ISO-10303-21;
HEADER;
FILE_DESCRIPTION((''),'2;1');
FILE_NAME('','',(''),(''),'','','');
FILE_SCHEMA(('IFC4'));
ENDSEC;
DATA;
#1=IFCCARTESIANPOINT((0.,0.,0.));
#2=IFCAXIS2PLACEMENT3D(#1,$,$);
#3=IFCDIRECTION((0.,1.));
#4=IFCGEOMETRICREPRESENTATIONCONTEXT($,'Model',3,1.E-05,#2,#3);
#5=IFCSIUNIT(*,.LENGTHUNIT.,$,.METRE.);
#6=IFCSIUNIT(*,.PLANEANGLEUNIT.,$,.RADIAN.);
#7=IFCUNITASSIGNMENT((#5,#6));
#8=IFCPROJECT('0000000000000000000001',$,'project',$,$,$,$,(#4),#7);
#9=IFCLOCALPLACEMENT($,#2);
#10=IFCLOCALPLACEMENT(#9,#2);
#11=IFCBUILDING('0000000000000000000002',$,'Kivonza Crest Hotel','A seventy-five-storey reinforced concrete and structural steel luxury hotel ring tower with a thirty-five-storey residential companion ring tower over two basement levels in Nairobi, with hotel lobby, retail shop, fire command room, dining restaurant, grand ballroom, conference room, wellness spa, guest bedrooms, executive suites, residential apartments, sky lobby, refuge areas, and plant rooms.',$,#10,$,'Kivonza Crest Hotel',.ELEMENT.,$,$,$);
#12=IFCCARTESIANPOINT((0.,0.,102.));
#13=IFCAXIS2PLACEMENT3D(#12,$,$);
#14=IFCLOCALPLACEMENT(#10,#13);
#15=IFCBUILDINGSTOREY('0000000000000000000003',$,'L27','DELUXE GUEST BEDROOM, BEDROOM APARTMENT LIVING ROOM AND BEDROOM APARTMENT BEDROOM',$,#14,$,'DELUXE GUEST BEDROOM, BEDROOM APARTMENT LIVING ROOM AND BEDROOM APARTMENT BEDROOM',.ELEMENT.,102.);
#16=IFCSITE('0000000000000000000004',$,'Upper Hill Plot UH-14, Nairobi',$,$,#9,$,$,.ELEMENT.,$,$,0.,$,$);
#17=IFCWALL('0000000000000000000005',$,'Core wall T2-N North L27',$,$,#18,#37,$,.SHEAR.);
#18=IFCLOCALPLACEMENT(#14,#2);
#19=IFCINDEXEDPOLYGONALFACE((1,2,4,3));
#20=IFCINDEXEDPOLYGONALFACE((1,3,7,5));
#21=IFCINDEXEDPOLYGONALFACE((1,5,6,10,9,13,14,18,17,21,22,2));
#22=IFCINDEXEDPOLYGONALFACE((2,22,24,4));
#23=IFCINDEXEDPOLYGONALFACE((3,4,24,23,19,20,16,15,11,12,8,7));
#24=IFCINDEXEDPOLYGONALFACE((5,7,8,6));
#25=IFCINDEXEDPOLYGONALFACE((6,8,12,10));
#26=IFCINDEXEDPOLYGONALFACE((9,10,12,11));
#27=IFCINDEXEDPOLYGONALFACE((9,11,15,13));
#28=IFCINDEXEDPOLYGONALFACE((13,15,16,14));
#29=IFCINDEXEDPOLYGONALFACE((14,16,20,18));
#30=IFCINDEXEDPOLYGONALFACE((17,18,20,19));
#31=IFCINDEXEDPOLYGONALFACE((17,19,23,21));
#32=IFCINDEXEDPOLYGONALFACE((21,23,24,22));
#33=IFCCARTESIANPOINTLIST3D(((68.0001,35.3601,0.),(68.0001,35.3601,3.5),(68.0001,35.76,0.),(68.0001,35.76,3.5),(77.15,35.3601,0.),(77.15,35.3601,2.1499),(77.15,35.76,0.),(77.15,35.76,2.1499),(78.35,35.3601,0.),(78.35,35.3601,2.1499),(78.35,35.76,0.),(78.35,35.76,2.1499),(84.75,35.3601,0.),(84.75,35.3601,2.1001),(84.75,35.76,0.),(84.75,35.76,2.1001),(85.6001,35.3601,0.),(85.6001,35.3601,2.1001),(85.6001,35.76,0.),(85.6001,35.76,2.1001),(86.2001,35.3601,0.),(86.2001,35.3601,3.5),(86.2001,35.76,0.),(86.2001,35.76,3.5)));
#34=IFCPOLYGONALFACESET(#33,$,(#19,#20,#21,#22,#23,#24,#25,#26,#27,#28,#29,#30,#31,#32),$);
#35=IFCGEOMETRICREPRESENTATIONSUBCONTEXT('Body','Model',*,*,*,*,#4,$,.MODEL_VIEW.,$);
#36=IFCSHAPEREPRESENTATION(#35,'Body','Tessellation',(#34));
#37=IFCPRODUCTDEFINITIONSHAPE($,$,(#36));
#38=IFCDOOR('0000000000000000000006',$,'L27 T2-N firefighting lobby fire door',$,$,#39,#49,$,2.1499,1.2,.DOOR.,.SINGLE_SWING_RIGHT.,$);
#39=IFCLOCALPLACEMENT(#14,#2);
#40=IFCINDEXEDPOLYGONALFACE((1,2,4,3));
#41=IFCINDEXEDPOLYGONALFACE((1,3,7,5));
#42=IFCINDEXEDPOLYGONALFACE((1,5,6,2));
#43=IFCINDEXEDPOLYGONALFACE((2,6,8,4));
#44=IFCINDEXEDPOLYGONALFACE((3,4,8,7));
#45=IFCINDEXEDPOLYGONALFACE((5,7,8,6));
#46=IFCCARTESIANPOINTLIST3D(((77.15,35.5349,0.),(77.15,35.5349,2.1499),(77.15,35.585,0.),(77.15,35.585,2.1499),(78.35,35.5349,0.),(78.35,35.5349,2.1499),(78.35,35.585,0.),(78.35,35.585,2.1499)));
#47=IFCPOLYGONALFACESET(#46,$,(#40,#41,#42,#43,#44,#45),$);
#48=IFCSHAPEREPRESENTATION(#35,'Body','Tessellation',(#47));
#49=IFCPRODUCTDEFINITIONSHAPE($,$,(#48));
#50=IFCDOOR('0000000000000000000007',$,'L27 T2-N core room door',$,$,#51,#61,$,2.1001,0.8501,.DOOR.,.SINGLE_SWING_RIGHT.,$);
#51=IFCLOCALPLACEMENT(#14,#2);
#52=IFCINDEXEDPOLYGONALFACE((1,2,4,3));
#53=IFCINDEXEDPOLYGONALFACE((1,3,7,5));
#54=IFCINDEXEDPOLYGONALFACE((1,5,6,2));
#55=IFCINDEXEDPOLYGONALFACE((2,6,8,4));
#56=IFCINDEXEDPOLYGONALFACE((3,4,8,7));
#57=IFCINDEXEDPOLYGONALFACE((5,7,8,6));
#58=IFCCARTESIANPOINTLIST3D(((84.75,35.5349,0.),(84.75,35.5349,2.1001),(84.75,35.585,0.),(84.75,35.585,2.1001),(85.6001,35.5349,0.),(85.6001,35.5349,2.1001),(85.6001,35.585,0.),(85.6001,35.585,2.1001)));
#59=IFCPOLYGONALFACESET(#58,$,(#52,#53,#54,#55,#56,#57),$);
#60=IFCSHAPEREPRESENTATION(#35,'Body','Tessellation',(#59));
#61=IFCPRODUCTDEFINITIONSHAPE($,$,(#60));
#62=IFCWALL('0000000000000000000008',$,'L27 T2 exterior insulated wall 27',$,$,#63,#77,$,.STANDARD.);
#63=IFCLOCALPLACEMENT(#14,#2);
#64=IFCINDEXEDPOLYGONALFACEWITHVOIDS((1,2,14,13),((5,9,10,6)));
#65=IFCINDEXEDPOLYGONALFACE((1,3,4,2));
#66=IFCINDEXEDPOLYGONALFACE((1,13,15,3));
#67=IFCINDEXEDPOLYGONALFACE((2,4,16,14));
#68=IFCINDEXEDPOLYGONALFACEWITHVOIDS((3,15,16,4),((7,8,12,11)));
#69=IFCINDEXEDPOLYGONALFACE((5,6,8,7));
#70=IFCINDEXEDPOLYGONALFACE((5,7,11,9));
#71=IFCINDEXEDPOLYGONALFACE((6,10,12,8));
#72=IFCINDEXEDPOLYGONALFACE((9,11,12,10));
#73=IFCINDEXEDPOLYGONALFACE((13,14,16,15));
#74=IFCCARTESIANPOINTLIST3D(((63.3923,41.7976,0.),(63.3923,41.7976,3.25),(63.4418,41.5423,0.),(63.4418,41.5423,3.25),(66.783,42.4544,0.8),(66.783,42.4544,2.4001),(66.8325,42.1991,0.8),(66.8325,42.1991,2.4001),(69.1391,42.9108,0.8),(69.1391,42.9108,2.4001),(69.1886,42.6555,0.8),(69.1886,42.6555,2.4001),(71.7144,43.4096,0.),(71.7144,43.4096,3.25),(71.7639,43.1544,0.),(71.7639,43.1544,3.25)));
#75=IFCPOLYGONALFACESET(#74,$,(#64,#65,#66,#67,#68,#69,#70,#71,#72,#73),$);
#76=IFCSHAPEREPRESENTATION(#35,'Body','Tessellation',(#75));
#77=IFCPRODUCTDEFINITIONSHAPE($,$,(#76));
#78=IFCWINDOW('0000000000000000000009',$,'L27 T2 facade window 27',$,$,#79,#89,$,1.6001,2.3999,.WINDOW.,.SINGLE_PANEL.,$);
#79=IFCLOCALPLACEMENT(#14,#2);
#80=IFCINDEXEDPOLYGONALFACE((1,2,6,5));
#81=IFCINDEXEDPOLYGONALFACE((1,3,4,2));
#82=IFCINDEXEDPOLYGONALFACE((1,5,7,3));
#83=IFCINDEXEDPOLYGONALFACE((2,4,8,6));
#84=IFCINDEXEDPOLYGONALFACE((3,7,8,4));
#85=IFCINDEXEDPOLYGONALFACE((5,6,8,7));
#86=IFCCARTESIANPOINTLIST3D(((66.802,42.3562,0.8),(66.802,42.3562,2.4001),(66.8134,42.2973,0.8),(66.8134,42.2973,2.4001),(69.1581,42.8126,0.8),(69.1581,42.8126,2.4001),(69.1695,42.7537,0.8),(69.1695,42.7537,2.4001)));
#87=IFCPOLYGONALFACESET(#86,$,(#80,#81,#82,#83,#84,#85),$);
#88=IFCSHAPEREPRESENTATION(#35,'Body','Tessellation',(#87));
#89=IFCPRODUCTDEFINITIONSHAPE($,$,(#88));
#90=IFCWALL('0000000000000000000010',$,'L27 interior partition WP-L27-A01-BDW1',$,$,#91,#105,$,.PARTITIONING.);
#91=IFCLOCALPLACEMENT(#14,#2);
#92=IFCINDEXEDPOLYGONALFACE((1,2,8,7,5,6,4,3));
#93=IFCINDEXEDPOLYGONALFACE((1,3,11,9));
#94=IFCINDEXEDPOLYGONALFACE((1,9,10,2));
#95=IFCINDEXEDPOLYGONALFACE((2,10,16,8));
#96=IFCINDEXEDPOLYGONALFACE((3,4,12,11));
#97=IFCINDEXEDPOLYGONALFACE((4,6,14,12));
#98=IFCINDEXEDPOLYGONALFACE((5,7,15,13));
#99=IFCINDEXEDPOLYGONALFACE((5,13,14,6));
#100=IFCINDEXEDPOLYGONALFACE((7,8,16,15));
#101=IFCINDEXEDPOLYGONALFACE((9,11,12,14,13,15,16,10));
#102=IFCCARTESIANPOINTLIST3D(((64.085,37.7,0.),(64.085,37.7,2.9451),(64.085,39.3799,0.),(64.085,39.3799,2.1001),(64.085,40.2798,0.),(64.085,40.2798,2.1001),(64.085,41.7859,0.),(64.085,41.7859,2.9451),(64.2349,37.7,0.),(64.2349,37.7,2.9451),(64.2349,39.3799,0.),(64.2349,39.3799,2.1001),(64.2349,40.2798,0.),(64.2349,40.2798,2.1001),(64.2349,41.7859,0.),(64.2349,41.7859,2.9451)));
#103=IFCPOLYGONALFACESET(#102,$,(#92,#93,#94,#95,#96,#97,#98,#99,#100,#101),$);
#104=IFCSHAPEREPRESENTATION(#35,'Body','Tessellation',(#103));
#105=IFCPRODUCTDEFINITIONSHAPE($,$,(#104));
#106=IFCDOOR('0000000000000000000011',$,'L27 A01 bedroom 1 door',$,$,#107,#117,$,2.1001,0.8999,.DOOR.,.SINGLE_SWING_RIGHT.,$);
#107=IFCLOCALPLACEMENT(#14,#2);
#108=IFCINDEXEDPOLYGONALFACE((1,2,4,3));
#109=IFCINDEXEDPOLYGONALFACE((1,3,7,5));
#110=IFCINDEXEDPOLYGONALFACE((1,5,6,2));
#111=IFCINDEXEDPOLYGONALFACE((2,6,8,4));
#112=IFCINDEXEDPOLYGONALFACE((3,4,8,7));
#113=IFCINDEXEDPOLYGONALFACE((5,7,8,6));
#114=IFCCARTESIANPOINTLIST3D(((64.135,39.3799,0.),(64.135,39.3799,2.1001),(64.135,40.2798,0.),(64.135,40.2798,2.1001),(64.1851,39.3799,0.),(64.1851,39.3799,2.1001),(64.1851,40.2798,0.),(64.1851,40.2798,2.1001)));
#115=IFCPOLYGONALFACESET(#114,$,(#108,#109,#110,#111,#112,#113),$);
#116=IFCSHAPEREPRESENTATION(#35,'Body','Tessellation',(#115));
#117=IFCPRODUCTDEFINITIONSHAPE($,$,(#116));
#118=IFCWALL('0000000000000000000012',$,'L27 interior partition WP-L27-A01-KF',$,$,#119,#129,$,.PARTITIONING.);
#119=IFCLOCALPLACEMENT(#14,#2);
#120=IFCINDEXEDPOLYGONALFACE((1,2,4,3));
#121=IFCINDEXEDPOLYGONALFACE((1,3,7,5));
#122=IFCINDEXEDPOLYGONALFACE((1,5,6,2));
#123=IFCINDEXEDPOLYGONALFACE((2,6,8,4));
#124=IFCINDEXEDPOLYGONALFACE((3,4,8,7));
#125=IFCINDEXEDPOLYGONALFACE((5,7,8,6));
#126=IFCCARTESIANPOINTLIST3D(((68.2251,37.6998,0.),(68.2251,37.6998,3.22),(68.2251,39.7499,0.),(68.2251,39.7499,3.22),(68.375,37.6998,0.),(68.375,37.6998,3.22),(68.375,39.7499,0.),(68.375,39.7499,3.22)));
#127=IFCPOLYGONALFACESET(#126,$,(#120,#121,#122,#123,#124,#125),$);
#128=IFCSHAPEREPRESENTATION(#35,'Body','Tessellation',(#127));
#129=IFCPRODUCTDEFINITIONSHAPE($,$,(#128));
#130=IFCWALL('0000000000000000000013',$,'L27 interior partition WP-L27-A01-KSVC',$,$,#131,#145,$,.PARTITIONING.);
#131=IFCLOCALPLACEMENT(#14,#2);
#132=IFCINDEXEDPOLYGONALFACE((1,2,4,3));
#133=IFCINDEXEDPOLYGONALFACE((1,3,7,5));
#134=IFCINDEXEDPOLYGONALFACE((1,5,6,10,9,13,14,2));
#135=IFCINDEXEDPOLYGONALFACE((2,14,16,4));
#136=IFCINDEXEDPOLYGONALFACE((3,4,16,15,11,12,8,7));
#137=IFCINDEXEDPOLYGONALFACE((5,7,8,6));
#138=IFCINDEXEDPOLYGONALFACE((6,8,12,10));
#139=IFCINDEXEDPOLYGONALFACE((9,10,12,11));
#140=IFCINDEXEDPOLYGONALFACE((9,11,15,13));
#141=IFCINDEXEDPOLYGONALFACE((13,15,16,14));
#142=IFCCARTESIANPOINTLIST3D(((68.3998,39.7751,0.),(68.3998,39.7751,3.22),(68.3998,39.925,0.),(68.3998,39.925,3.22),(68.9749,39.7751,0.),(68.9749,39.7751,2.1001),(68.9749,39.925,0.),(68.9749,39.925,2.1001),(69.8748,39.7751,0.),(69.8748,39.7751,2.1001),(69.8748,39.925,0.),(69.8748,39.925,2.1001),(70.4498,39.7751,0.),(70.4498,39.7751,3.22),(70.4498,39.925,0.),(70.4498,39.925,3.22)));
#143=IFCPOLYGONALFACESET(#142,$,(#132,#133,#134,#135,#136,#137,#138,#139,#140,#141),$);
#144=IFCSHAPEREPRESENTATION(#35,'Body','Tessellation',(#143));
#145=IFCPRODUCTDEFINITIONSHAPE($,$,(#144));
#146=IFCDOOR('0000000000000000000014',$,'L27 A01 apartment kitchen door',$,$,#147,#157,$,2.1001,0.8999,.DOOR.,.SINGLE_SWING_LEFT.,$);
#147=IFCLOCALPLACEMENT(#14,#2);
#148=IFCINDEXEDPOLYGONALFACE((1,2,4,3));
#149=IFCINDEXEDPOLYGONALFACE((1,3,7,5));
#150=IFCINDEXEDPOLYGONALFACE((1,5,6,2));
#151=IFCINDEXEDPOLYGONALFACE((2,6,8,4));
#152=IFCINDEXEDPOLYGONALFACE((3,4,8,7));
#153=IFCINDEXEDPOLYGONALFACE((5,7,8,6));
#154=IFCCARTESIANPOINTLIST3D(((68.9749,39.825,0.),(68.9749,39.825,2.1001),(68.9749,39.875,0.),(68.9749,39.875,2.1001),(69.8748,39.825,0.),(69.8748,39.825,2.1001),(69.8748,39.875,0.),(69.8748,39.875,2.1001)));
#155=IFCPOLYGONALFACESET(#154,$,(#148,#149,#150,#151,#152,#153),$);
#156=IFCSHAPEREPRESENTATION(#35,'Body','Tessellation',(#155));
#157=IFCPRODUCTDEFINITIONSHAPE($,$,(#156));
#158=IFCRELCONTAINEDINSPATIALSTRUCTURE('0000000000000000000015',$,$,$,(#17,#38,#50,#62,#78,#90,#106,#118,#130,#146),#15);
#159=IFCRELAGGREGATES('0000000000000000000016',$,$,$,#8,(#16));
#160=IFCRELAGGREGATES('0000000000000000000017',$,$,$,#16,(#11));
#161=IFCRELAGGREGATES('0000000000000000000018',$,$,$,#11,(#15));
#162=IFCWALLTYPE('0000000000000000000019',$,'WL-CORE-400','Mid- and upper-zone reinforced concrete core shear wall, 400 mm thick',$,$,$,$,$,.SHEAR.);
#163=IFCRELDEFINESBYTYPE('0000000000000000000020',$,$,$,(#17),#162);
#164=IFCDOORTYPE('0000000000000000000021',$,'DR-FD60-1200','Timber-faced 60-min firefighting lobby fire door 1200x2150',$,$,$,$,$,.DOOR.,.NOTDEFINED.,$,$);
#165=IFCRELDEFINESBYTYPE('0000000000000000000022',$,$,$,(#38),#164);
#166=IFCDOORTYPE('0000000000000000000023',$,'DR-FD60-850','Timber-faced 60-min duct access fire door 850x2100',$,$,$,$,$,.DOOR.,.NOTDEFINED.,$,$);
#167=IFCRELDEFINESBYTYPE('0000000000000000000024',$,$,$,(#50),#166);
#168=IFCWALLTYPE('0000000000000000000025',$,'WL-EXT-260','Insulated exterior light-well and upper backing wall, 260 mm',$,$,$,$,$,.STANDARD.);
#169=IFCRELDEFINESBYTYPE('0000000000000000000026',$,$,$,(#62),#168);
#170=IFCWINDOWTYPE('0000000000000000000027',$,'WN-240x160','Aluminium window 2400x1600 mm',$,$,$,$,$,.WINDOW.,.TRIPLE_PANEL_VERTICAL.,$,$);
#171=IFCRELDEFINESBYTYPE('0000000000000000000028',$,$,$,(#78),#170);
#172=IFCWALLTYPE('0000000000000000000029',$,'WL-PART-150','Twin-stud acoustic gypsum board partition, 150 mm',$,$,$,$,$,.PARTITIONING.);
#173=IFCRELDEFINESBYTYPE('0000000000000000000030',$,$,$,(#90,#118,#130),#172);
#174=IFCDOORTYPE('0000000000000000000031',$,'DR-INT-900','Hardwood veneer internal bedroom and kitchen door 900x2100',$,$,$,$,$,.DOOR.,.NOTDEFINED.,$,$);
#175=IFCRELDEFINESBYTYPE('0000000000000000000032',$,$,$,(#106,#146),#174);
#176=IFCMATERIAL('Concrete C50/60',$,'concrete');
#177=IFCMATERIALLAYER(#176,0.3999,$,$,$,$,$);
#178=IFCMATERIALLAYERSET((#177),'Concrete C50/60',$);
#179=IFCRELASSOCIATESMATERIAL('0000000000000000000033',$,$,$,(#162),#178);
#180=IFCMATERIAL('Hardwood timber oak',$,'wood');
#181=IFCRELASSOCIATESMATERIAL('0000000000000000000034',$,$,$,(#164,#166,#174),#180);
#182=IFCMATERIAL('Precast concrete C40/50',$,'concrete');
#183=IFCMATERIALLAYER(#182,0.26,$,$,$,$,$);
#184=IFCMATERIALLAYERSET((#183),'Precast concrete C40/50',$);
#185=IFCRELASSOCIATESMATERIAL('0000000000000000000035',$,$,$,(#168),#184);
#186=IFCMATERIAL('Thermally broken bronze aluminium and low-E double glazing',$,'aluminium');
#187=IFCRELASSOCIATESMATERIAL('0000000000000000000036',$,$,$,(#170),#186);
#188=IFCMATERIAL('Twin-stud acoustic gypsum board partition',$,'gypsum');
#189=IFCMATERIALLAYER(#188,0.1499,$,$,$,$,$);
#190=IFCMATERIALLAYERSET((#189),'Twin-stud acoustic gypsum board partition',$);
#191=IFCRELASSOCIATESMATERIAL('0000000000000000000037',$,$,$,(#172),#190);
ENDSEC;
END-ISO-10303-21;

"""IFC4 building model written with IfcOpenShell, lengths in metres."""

from ifc_helpers import new_model, si_unit, direction, frame, frame_2d, origin, place, context, subcontext, project, spatial, rectangle, extrude, material, layer, layer_set, type_object, element, fill, save


model = new_model("IFC4")

# Units and contexts
model_context = context("Model", 3, precision=1e-05, world=origin(), true_north=direction((0.0, 1.0)))
body_context = subcontext(model_context, "Body", "Model", "MODEL_VIEW")
ifc_project = project(units=[si_unit("LENGTHUNIT", "METRE"), si_unit("PLANEANGLEUNIT", "RADIAN")], contexts=[model_context])

# Site, building, storey
site_placement = place(None, origin())
site = spatial("IfcSite", under=ifc_project, at=site_placement, Name="Upper Hill Plot UH-14, Nairobi", CompositionType="ELEMENT", RefElevation=0.0)
building_placement = place(site_placement, origin())
building = spatial("IfcBuilding", under=site, at=building_placement, Name="Kivonza Crest Hotel", Description="A seventy-five-storey reinforced concrete and structural steel luxury hotel ring tower with a thirty-five-storey residential companion ring tower over two basement levels in Nairobi, with hotel lobby, retail shop, fire command room, dining restaurant, grand ballroom, conference room, wellness spa, guest bedrooms, executive suites, residential apartments, sky lobby, refuge areas, and plant rooms.", LongName="Kivonza Crest Hotel", CompositionType="ELEMENT")
storey_placement = place(building_placement, frame((0.0, 0.0, 102.0)))
storey = spatial("IfcBuildingStorey", under=building, at=storey_placement, Name="L27", Description="DELUXE GUEST BEDROOM, BEDROOM APARTMENT LIVING ROOM AND BEDROOM APARTMENT BEDROOM", LongName="DELUXE GUEST BEDROOM, BEDROOM APARTMENT LIVING ROOM AND BEDROOM APARTMENT BEDROOM", CompositionType="ELEMENT", Elevation=102.0)

# Shared definitions
ifc_material_1 = material(Name="Concrete C50/60", Category="concrete")

# Shared definitions
ifc_material_2 = material(Name="Hardwood timber oak", Category="wood")

# Wall, openings, doors
ifc_layer_1 = layer(ifc_material_1, 0.3999)
ifc_layer_set_1 = layer_set([ifc_layer_1], Name="Concrete C50/60")
wall_type_1 = type_object("IfcWallType", Name="WL-CORE-400", Description="Mid- and upper-zone reinforced concrete core shear wall, 400 mm thick", PredefinedType="SHEAR", material=ifc_layer_set_1)
wall_1_placement = place(storey_placement, frame((68.0, 35.5601, 0.0), z_axis=(0.0, 0.0, 1.0), x_axis=(1.0, 0.0, 0.0)))
wall_1 = element("IfcWall", 1, at=wall_1_placement, inside=storey, type_object=wall_type_1, Name="Core wall T2-N North L27", PredefinedType="SHEAR", context=body_context, shape_type="SweptSolid", body=[
    extrude(rectangle(XDim=18.2, YDim=0.3999, at=frame_2d((9.1001, 0.0))), origin(), (0.0, 0.0, 1.0), 3.5),
])
opening_1_placement = place(wall_1_placement, frame((9.1499, 0.0, 0.0)))
opening_1 = element("IfcOpeningElement", 2, at=opening_1_placement, cuts=wall_1, PredefinedType="OPENING", context=body_context, shape_type="SweptSolid", body=[
    extrude(rectangle(XDim=1.2, YDim=2.1499, at=frame_2d((0.6001, 1.075))), frame((0.0, 0.21, 0.0), z_axis=(0.0, -1.0, 0.0), x_axis=(1.0, 0.0, 0.0)), (0.0, 0.0, 1.0), 0.4199),
])
opening_2_placement = place(wall_1_placement, frame((16.75, 0.0, 0.0)))
opening_2 = element("IfcOpeningElement", 3, at=opening_2_placement, cuts=wall_1, PredefinedType="OPENING", context=body_context, shape_type="SweptSolid", body=[
    extrude(rectangle(XDim=0.8501, YDim=2.1001, at=frame_2d((0.425, 1.05))), frame((0.0, 0.21, 0.0), z_axis=(0.0, -1.0, 0.0), x_axis=(1.0, 0.0, 0.0)), (0.0, 0.0, 1.0), 0.4199),
])
door_type_1 = type_object("IfcDoorType", Name="DR-FD60-1200", Description="Timber-faced 60-min firefighting lobby fire door 1200x2150", OperationType="NOTDEFINED", PredefinedType="DOOR", material=ifc_material_2)
door_1_placement = place(opening_1_placement, origin())
door_1 = element("IfcDoor", 4, at=door_1_placement, inside=storey, type_object=door_type_1, Name="L27 T2-N firefighting lobby fire door", OperationType="SINGLE_SWING_RIGHT", OverallHeight=2.1499, OverallWidth=1.2, PredefinedType="DOOR", context=body_context, shape_type="SweptSolid", body=[
    extrude(rectangle(XDim=1.2, YDim=2.1499, at=frame_2d((0.6001, 1.075))), frame((0.0, 0.0249, 0.0), z_axis=(0.0, -1.0, 0.0), x_axis=(1.0, 0.0, 0.0)), (0.0, 0.0, 1.0), 0.05),
])
fill(opening_1, door_1)
door_type_2 = type_object("IfcDoorType", Name="DR-FD60-850", Description="Timber-faced 60-min duct access fire door 850x2100", OperationType="NOTDEFINED", PredefinedType="DOOR", material=ifc_material_2)
door_2_placement = place(opening_2_placement, origin())
door_2 = element("IfcDoor", 5, at=door_2_placement, inside=storey, type_object=door_type_2, Name="L27 T2-N core room door", OperationType="SINGLE_SWING_RIGHT", OverallHeight=2.1001, OverallWidth=0.8501, PredefinedType="DOOR", context=body_context, shape_type="SweptSolid", body=[
    extrude(rectangle(XDim=0.8501, YDim=2.1001, at=frame_2d((0.425, 1.05))), frame((0.0, 0.0249, 0.0), z_axis=(0.0, -1.0, 0.0), x_axis=(1.0, 0.0, 0.0)), (0.0, 0.0, 1.0), 0.05),
])
fill(opening_2, door_2)

# Wall, opening, window
ifc_material_3 = material(Name="Precast concrete C40/50", Category="concrete")
ifc_layer_2 = layer(ifc_material_3, 0.26)
ifc_layer_set_2 = layer_set([ifc_layer_2], Name="Precast concrete C40/50")
wall_type_2 = type_object("IfcWallType", Name="WL-EXT-260", Description="Insulated exterior light-well and upper backing wall, 260 mm", PredefinedType="STANDARD", material=ifc_layer_set_2)
wall_2_placement = place(storey_placement, frame((71.739, 43.282, 0.0), z_axis=(0.0, 0.0, 1.0), x_axis=(-0.98175, -0.190175, 0.0)))
wall_2 = element("IfcWall", 6, at=wall_2_placement, inside=storey, type_object=wall_type_2, Name="L27 T2 exterior insulated wall 27", PredefinedType="STANDARD", context=body_context, shape_type="SweptSolid", body=[
    extrude(rectangle(XDim=8.4768, YDim=0.26, at=frame_2d((4.2383, 0.0))), origin(), (0.0, 0.0, 1.0), 3.25),
])
opening_3_placement = place(wall_2_placement, frame((2.623, 0.0, 0.8)))
opening_3 = element("IfcOpeningElement", 7, at=opening_3_placement, cuts=wall_2, PredefinedType="OPENING", context=body_context, shape_type="SweptSolid", body=[
    extrude(rectangle(XDim=2.3999, YDim=1.6001, at=frame_2d((1.2, 0.8))), frame((0.0, 0.1401, 0.0), z_axis=(0.0, -1.0, 0.0), x_axis=(1.0, 0.0, 0.0)), (0.0, 0.0, 1.0), 0.28),
])
ifc_material_4 = material(Name="Thermally broken bronze aluminium and low-E double glazing", Category="aluminium")
window_type = type_object("IfcWindowType", Name="WN-240x160", Description="Aluminium window 2400x1600 mm", PartitioningType="TRIPLE_PANEL_VERTICAL", PredefinedType="WINDOW", material=ifc_material_4)
window_placement = place(opening_3_placement, origin())
window = element("IfcWindow", 8, at=window_placement, inside=storey, type_object=window_type, Name="L27 T2 facade window 27", OverallHeight=1.6001, OverallWidth=2.3999, PartitioningType="SINGLE_PANEL", PredefinedType="WINDOW", context=body_context, shape_type="SweptSolid", body=[
    extrude(rectangle(XDim=2.3999, YDim=1.6001, at=frame_2d((1.2, 0.8))), frame((0.0, 0.03, 0.0), z_axis=(0.0, -1.0, 0.0), x_axis=(1.0, 0.0, 0.0)), (0.0, 0.0, 1.0), 0.0601),
])
fill(opening_3, window)

# Wall, opening, door
ifc_material_5 = material(Name="Twin-stud acoustic gypsum board partition", Category="gypsum")
ifc_layer_3 = layer(ifc_material_5, 0.1499)
ifc_layer_set_3 = layer_set([ifc_layer_3], Name="Twin-stud acoustic gypsum board partition")
wall_type_3 = type_object("IfcWallType", Name="WL-PART-150", Description="Twin-stud acoustic gypsum board partition, 150 mm", PredefinedType="PARTITIONING", material=ifc_layer_set_3)
wall_3_placement = place(storey_placement, frame((64.1599, 37.7, 0.0), z_axis=(0.0, 0.0, 1.0), x_axis=(0.0, 1.0, 0.0)))
wall_3 = element("IfcWall", 9, at=wall_3_placement, inside=storey, type_object=wall_type_3, Name="L27 interior partition WP-L27-A01-BDW1", PredefinedType="PARTITIONING", context=body_context, shape_type="SweptSolid", body=[
    extrude(rectangle(XDim=4.0859, YDim=0.1499, at=frame_2d((2.043, 0.0))), origin(), (0.0, 0.0, 1.0), 2.9451),
])
opening_4_placement = place(wall_3_placement, frame((1.6799, 0.0, 0.0)))
opening_4 = element("IfcOpeningElement", 10, at=opening_4_placement, cuts=wall_3, PredefinedType="OPENING", context=body_context, shape_type="SweptSolid", body=[
    extrude(rectangle(XDim=0.8999, YDim=2.1001, at=frame_2d((0.45, 1.05))), frame((0.0, 0.085, 0.0), z_axis=(0.0, -1.0, 0.0), x_axis=(1.0, 0.0, 0.0)), (0.0, 0.0, 1.0), 0.1699),
])
door_type_3 = type_object("IfcDoorType", Name="DR-INT-900", Description="Hardwood veneer internal bedroom and kitchen door 900x2100", OperationType="NOTDEFINED", PredefinedType="DOOR", material=ifc_material_2)
door_3_placement = place(opening_4_placement, origin())
door_3 = element("IfcDoor", 11, at=door_3_placement, inside=storey, type_object=door_type_3, Name="L27 A01 bedroom 1 door", OperationType="SINGLE_SWING_RIGHT", OverallHeight=2.1001, OverallWidth=0.8999, PredefinedType="DOOR", context=body_context, shape_type="SweptSolid", body=[
    extrude(rectangle(XDim=0.8999, YDim=2.1001, at=frame_2d((0.45, 1.05))), frame((0.0, 0.0249, 0.0), z_axis=(0.0, -1.0, 0.0), x_axis=(1.0, 0.0, 0.0)), (0.0, 0.0, 1.0), 0.05),
])
fill(opening_4, door_3)

# Wall
wall_4_placement = place(storey_placement, frame((68.3, 37.7, 0.0), z_axis=(0.0, 0.0, 1.0), x_axis=(0.0, 1.0, 0.0)))
element("IfcWall", 12, at=wall_4_placement, inside=storey, type_object=wall_type_3, Name="L27 interior partition WP-L27-A01-KF", PredefinedType="PARTITIONING", context=body_context, shape_type="SweptSolid", body=[
    extrude(rectangle(XDim=2.05, YDim=0.1499, at=frame_2d((1.0249, 0.0))), origin(), (0.0, 0.0, 1.0), 3.22),
])

# Wall, opening, door
wall_5_placement = place(storey_placement, frame((68.3999, 39.8501, 0.0), z_axis=(0.0, 0.0, 1.0), x_axis=(1.0, 0.0, 0.0)))
wall_5 = element("IfcWall", 13, at=wall_5_placement, inside=storey, type_object=wall_type_3, Name="L27 interior partition WP-L27-A01-KSVC", PredefinedType="PARTITIONING", context=body_context, shape_type="SweptSolid", body=[
    extrude(rectangle(XDim=2.05, YDim=0.1499, at=frame_2d((1.0249, 0.0))), origin(), (0.0, 0.0, 1.0), 3.22),
])
opening_5_placement = place(wall_5_placement, frame((0.575, 0.0, 0.0)))
opening_5 = element("IfcOpeningElement", 14, at=opening_5_placement, cuts=wall_5, PredefinedType="OPENING", context=body_context, shape_type="SweptSolid", body=[
    extrude(rectangle(XDim=0.8999, YDim=2.1001, at=frame_2d((0.45, 1.05))), frame((0.0, 0.085, 0.0), z_axis=(0.0, -1.0, 0.0), x_axis=(1.0, 0.0, 0.0)), (0.0, 0.0, 1.0), 0.1699),
])
door_4_placement = place(opening_5_placement, origin())
door_4 = element("IfcDoor", 15, at=door_4_placement, inside=storey, type_object=door_type_3, Name="L27 A01 apartment kitchen door", OperationType="SINGLE_SWING_LEFT", OverallHeight=2.1001, OverallWidth=0.8999, PredefinedType="DOOR", context=body_context, shape_type="SweptSolid", body=[
    extrude(rectangle(XDim=0.8999, YDim=2.1001, at=frame_2d((0.45, 1.05))), frame((0.0, 0.0249, 0.0), z_axis=(0.0, -1.0, 0.0), x_axis=(1.0, 0.0, 0.0)), (0.0, 0.0, 1.0), 0.05),
])
fill(opening_5, door_4)

save(model, "model.ifc")
